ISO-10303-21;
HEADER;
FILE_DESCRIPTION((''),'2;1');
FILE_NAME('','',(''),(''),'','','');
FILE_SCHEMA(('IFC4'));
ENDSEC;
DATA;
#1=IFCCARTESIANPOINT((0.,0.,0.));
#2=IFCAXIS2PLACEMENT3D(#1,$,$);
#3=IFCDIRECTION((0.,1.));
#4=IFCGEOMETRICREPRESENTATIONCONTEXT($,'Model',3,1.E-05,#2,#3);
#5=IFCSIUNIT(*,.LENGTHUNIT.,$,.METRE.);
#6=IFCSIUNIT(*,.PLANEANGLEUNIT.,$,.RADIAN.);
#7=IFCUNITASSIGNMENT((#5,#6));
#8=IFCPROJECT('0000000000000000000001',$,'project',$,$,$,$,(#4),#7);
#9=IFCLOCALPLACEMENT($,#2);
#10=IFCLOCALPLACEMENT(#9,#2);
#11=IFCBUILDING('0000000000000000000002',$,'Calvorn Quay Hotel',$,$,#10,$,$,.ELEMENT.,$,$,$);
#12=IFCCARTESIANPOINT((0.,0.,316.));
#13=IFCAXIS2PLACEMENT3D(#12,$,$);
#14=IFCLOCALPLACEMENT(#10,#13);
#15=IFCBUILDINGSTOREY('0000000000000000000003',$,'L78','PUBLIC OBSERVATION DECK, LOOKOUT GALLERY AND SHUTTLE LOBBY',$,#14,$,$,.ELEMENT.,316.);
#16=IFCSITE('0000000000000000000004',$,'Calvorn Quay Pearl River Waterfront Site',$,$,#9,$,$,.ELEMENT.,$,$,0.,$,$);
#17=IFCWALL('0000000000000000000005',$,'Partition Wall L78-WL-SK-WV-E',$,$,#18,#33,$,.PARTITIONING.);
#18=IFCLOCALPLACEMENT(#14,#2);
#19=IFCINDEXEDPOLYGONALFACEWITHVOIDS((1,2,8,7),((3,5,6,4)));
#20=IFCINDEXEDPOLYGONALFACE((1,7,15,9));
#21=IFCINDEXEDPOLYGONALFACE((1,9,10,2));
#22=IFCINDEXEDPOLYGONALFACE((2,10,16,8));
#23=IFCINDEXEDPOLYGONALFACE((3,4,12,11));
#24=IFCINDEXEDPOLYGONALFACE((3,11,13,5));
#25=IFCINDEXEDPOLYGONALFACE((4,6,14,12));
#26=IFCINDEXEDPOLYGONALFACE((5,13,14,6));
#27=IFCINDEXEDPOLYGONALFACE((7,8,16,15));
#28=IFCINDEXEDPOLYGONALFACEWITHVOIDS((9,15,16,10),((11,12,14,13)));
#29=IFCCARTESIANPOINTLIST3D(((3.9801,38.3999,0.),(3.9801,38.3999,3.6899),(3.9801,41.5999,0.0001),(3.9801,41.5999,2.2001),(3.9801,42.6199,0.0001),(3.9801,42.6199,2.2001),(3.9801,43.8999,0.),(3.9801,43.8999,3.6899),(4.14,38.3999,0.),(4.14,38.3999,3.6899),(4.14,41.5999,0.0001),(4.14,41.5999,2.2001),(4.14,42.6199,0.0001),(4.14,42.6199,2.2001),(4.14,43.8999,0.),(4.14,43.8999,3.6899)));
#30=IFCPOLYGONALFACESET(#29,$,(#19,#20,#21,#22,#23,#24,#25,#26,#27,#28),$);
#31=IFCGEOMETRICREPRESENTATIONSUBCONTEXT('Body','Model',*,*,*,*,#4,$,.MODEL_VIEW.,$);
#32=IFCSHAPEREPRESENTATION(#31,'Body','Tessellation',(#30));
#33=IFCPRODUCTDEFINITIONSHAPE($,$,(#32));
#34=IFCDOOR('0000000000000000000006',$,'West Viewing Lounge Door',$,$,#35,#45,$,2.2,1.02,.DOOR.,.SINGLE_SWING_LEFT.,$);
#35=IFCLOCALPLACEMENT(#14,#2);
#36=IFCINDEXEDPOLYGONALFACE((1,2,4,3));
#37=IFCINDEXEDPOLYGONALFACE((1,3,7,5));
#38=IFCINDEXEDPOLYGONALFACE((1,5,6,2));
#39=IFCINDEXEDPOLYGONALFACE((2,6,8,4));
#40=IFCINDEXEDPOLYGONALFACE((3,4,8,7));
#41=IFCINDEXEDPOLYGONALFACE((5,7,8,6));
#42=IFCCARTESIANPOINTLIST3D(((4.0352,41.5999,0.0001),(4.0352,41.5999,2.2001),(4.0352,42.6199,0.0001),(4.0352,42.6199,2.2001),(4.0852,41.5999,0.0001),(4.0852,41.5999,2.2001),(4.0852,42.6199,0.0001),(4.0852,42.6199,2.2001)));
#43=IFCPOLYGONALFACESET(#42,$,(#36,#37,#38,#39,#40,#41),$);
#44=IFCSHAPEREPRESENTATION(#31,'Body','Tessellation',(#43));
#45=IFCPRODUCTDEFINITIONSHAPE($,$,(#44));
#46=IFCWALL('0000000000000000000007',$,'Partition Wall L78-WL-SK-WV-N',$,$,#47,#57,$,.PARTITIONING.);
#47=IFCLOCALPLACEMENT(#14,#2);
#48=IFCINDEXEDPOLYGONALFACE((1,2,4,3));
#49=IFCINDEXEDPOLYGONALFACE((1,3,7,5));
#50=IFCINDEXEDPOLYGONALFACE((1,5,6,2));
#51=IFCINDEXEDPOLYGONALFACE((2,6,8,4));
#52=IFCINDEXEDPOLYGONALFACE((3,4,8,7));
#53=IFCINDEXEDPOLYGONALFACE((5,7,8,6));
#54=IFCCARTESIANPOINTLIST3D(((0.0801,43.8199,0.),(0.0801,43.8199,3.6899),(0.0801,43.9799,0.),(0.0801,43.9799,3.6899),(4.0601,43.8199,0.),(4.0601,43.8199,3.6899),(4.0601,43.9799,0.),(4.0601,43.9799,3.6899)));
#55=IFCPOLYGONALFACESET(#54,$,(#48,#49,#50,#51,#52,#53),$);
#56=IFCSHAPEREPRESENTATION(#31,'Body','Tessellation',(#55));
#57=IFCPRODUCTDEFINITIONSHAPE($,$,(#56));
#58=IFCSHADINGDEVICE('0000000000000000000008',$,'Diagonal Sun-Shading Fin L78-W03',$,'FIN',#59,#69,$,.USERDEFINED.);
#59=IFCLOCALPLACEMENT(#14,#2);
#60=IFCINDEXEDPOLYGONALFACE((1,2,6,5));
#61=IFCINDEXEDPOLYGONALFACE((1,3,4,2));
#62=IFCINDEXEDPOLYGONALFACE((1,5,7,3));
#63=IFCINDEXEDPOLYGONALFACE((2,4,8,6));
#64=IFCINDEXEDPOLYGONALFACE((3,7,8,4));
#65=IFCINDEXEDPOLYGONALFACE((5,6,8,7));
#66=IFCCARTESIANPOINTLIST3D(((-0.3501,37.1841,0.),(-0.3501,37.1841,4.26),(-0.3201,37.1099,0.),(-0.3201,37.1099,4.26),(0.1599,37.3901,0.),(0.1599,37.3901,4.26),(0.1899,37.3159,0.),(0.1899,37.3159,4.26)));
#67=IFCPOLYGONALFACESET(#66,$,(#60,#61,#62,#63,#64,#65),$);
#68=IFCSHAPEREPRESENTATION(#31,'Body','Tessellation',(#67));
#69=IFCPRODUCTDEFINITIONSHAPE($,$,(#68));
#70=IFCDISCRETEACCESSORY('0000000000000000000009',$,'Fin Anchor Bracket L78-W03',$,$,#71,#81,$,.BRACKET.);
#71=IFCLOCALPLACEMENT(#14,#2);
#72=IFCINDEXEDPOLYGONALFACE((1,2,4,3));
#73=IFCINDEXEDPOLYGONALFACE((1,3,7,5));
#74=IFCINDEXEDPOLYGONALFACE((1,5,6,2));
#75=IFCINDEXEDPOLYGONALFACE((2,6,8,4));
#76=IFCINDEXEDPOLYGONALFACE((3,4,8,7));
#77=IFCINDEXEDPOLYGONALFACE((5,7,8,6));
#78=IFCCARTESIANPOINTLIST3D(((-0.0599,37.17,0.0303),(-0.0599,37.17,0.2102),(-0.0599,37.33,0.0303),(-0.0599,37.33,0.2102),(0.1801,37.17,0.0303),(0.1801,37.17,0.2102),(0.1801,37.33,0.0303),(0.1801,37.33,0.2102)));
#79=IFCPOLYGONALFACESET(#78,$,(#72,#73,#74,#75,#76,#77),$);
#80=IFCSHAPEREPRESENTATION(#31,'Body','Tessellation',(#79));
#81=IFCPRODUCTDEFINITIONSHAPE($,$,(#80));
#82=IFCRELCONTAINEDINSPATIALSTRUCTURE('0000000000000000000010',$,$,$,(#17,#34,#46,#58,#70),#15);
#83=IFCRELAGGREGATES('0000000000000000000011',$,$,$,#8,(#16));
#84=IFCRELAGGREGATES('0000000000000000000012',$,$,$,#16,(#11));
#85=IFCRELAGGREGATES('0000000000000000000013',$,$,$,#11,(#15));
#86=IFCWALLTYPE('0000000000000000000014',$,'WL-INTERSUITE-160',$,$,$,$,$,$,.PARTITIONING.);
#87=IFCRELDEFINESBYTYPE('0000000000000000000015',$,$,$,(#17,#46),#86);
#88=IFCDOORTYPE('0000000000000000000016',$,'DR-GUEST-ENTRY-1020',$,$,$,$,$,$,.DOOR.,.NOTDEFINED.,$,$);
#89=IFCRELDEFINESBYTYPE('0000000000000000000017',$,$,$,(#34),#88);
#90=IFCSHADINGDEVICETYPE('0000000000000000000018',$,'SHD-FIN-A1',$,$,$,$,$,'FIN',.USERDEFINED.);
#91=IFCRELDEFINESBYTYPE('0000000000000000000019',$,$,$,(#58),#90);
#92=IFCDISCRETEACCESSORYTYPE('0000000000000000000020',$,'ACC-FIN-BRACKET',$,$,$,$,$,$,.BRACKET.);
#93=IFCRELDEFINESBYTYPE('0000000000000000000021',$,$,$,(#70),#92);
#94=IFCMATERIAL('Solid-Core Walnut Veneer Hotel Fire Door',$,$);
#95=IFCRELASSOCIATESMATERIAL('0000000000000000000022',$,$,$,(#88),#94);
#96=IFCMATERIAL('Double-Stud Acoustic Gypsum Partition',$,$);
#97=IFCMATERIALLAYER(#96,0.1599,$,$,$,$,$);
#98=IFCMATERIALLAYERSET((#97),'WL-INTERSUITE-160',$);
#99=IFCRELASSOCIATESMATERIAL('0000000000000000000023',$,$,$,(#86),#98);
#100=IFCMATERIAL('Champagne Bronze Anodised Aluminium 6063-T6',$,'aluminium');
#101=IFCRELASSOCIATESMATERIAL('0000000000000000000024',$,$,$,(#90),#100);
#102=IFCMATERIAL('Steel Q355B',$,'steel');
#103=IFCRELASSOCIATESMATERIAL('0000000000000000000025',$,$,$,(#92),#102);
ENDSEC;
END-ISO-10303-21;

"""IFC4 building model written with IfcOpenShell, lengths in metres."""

from ifc_helpers import new_model, si_unit, direction, frame, frame_2d, origin, origin_2d, place, context, subcontext, project, spatial, rectangle, extrude, material, layer, layer_set, type_object, element, fill, save


model = new_model("IFC4")

# Units and contexts
model_context = context("Model", 3, precision=1e-05, world=origin(), true_north=direction((0.0, 1.0)))
body_context = subcontext(model_context, "Body", "Model", "MODEL_VIEW")
ifc_project = project(units=[si_unit("LENGTHUNIT", "METRE"), si_unit("PLANEANGLEUNIT", "RADIAN")], contexts=[model_context])

# Site, building, storey
site_placement = place(None, origin())
site = spatial("IfcSite", under=ifc_project, at=site_placement, Name="Calvorn Quay Pearl River Waterfront Site", CompositionType="ELEMENT", RefElevation=0.0)
building_placement = place(site_placement, origin())
building = spatial("IfcBuilding", under=site, at=building_placement, Name="Calvorn Quay Hotel", CompositionType="ELEMENT")
storey_placement = place(building_placement, frame((0.0, 0.0, 316.0)))
storey = spatial("IfcBuildingStorey", under=building, at=storey_placement, Name="L78", Description="PUBLIC OBSERVATION DECK, LOOKOUT GALLERY AND SHUTTLE LOBBY", CompositionType="ELEMENT", Elevation=316.0)

# Shared definitions
ifc_material_1 = material(Name="Solid-Core Walnut Veneer Hotel Fire Door")
door_type_1 = type_object("IfcDoorType", Name="DR-GUEST-ENTRY-1020", OperationType="NOTDEFINED", PredefinedType="DOOR", material=ifc_material_1)

# Wall, opening, door
ifc_material_2 = material(Name="Double-Stud Acoustic Gypsum Partition")
ifc_layer_1 = layer(ifc_material_2, 0.1599)
ifc_layer_set_1 = layer_set([ifc_layer_1], Name="WL-INTERSUITE-160")
wall_type_1 = type_object("IfcWallType", Name="WL-INTERSUITE-160", PredefinedType="PARTITIONING", material=ifc_layer_set_1)
wall_1_placement = place(storey_placement, frame((4.0601, 38.3999, 0.0), z_axis=(0.0, 0.0, 1.0), x_axis=(0.0, 1.0, 0.0)))
wall_1 = element("IfcWall", 1, at=wall_1_placement, inside=storey, type_object=wall_type_1, Name="Partition Wall L78-WL-SK-WV-E", PredefinedType="PARTITIONING", context=body_context, shape_type="SweptSolid", body=[
    extrude(rectangle(XDim=5.5, YDim=0.1599, at=frame_2d((2.75, 0.0))), origin(), (0.0, 0.0, 1.0), 3.6899),
])
opening_1_placement = place(wall_1_placement, frame((3.2, 0.0, 0.0)))
opening_1 = element("IfcOpeningElement", 2, at=opening_1_placement, cuts=wall_1, PredefinedType="OPENING", context=body_context, shape_type="SweptSolid", body=[
    extrude(rectangle(XDim=1.02, YDim=2.2, at=frame_2d((0.51, 1.1001))), frame((0.0, 0.0898, 0.0), z_axis=(0.0, -1.0, 0.0), x_axis=(1.0, 0.0, 0.0)), (0.0, 0.0, 1.0), 0.1799),
])
door_1_placement = place(opening_1_placement, origin())
door_1 = element("IfcDoor", 3, at=door_1_placement, inside=storey, type_object=door_type_1, Name="West Viewing Lounge Door", OperationType="SINGLE_SWING_LEFT", OverallHeight=2.2, OverallWidth=1.02, PredefinedType="DOOR", context=body_context, shape_type="SweptSolid", body=[
    extrude(rectangle(XDim=1.02, YDim=2.2, at=frame_2d((0.51, 1.1001))), frame((0.0, 0.0249, 0.0), z_axis=(0.0, -1.0, 0.0), x_axis=(1.0, 0.0, 0.0)), (0.0, 0.0, 1.0), 0.05),
])
fill(opening_1, door_1)

# Wall
wall_2_placement = place(storey_placement, frame((0.0801, 43.8999, 0.0), z_axis=(0.0, 0.0, 1.0), x_axis=(1.0, 0.0, 0.0)))
element("IfcWall", 4, at=wall_2_placement, inside=storey, type_object=wall_type_1, Name="Partition Wall L78-WL-SK-WV-N", PredefinedType="PARTITIONING", context=body_context, shape_type="SweptSolid", body=[
    extrude(rectangle(XDim=3.98, YDim=0.1599, at=frame_2d((1.99, 0.0))), origin(), (0.0, 0.0, 1.0), 3.6899),
])

# Shading device
ifc_material_3 = material(Name="Champagne Bronze Anodised Aluminium 6063-T6", Category="aluminium")
shading_device_type = type_object("IfcShadingDeviceType", Name="SHD-FIN-A1", ElementType="FIN", PredefinedType="USERDEFINED", material=ifc_material_3)
shading_device_placement = place(storey_placement, frame((-0.0801, 37.25, 0.0), z_axis=(0.0, 0.0, 1.0), x_axis=(0.927184, 0.374607, 0.0)))
element("IfcShadingDevice", 5, at=shading_device_placement, inside=storey, type_object=shading_device_type, Name="Diagonal Sun-Shading Fin L78-W03", ObjectType="FIN", PredefinedType="USERDEFINED", context=body_context, shape_type="SweptSolid", body=[
    extrude(rectangle(XDim=0.55, YDim=0.0801, at=origin_2d()), origin(), (0.0, 0.0, 1.0), 4.26),
])

# Discrete accessory
ifc_material_4 = material(Name="Steel Q355B", Category="steel")
discrete_accessory_type = type_object("IfcDiscreteAccessoryType", Name="ACC-FIN-BRACKET", PredefinedType="BRACKET", material=ifc_material_4)
discrete_accessory_placement = place(storey_placement, frame((0.0601, 37.25, 0.0303), z_axis=(0.0, 0.0, 1.0), x_axis=(1.0, 0.0, 0.0)))
element("IfcDiscreteAccessory", 6, at=discrete_accessory_placement, inside=storey, type_object=discrete_accessory_type, Name="Fin Anchor Bracket L78-W03", PredefinedType="BRACKET", context=body_context, shape_type="SweptSolid", body=[
    extrude(rectangle(XDim=0.24, YDim=0.1599, at=origin_2d()), origin(), (0.0, 0.0, 1.0), 0.1799),
])

save(model, "model.ifc")
